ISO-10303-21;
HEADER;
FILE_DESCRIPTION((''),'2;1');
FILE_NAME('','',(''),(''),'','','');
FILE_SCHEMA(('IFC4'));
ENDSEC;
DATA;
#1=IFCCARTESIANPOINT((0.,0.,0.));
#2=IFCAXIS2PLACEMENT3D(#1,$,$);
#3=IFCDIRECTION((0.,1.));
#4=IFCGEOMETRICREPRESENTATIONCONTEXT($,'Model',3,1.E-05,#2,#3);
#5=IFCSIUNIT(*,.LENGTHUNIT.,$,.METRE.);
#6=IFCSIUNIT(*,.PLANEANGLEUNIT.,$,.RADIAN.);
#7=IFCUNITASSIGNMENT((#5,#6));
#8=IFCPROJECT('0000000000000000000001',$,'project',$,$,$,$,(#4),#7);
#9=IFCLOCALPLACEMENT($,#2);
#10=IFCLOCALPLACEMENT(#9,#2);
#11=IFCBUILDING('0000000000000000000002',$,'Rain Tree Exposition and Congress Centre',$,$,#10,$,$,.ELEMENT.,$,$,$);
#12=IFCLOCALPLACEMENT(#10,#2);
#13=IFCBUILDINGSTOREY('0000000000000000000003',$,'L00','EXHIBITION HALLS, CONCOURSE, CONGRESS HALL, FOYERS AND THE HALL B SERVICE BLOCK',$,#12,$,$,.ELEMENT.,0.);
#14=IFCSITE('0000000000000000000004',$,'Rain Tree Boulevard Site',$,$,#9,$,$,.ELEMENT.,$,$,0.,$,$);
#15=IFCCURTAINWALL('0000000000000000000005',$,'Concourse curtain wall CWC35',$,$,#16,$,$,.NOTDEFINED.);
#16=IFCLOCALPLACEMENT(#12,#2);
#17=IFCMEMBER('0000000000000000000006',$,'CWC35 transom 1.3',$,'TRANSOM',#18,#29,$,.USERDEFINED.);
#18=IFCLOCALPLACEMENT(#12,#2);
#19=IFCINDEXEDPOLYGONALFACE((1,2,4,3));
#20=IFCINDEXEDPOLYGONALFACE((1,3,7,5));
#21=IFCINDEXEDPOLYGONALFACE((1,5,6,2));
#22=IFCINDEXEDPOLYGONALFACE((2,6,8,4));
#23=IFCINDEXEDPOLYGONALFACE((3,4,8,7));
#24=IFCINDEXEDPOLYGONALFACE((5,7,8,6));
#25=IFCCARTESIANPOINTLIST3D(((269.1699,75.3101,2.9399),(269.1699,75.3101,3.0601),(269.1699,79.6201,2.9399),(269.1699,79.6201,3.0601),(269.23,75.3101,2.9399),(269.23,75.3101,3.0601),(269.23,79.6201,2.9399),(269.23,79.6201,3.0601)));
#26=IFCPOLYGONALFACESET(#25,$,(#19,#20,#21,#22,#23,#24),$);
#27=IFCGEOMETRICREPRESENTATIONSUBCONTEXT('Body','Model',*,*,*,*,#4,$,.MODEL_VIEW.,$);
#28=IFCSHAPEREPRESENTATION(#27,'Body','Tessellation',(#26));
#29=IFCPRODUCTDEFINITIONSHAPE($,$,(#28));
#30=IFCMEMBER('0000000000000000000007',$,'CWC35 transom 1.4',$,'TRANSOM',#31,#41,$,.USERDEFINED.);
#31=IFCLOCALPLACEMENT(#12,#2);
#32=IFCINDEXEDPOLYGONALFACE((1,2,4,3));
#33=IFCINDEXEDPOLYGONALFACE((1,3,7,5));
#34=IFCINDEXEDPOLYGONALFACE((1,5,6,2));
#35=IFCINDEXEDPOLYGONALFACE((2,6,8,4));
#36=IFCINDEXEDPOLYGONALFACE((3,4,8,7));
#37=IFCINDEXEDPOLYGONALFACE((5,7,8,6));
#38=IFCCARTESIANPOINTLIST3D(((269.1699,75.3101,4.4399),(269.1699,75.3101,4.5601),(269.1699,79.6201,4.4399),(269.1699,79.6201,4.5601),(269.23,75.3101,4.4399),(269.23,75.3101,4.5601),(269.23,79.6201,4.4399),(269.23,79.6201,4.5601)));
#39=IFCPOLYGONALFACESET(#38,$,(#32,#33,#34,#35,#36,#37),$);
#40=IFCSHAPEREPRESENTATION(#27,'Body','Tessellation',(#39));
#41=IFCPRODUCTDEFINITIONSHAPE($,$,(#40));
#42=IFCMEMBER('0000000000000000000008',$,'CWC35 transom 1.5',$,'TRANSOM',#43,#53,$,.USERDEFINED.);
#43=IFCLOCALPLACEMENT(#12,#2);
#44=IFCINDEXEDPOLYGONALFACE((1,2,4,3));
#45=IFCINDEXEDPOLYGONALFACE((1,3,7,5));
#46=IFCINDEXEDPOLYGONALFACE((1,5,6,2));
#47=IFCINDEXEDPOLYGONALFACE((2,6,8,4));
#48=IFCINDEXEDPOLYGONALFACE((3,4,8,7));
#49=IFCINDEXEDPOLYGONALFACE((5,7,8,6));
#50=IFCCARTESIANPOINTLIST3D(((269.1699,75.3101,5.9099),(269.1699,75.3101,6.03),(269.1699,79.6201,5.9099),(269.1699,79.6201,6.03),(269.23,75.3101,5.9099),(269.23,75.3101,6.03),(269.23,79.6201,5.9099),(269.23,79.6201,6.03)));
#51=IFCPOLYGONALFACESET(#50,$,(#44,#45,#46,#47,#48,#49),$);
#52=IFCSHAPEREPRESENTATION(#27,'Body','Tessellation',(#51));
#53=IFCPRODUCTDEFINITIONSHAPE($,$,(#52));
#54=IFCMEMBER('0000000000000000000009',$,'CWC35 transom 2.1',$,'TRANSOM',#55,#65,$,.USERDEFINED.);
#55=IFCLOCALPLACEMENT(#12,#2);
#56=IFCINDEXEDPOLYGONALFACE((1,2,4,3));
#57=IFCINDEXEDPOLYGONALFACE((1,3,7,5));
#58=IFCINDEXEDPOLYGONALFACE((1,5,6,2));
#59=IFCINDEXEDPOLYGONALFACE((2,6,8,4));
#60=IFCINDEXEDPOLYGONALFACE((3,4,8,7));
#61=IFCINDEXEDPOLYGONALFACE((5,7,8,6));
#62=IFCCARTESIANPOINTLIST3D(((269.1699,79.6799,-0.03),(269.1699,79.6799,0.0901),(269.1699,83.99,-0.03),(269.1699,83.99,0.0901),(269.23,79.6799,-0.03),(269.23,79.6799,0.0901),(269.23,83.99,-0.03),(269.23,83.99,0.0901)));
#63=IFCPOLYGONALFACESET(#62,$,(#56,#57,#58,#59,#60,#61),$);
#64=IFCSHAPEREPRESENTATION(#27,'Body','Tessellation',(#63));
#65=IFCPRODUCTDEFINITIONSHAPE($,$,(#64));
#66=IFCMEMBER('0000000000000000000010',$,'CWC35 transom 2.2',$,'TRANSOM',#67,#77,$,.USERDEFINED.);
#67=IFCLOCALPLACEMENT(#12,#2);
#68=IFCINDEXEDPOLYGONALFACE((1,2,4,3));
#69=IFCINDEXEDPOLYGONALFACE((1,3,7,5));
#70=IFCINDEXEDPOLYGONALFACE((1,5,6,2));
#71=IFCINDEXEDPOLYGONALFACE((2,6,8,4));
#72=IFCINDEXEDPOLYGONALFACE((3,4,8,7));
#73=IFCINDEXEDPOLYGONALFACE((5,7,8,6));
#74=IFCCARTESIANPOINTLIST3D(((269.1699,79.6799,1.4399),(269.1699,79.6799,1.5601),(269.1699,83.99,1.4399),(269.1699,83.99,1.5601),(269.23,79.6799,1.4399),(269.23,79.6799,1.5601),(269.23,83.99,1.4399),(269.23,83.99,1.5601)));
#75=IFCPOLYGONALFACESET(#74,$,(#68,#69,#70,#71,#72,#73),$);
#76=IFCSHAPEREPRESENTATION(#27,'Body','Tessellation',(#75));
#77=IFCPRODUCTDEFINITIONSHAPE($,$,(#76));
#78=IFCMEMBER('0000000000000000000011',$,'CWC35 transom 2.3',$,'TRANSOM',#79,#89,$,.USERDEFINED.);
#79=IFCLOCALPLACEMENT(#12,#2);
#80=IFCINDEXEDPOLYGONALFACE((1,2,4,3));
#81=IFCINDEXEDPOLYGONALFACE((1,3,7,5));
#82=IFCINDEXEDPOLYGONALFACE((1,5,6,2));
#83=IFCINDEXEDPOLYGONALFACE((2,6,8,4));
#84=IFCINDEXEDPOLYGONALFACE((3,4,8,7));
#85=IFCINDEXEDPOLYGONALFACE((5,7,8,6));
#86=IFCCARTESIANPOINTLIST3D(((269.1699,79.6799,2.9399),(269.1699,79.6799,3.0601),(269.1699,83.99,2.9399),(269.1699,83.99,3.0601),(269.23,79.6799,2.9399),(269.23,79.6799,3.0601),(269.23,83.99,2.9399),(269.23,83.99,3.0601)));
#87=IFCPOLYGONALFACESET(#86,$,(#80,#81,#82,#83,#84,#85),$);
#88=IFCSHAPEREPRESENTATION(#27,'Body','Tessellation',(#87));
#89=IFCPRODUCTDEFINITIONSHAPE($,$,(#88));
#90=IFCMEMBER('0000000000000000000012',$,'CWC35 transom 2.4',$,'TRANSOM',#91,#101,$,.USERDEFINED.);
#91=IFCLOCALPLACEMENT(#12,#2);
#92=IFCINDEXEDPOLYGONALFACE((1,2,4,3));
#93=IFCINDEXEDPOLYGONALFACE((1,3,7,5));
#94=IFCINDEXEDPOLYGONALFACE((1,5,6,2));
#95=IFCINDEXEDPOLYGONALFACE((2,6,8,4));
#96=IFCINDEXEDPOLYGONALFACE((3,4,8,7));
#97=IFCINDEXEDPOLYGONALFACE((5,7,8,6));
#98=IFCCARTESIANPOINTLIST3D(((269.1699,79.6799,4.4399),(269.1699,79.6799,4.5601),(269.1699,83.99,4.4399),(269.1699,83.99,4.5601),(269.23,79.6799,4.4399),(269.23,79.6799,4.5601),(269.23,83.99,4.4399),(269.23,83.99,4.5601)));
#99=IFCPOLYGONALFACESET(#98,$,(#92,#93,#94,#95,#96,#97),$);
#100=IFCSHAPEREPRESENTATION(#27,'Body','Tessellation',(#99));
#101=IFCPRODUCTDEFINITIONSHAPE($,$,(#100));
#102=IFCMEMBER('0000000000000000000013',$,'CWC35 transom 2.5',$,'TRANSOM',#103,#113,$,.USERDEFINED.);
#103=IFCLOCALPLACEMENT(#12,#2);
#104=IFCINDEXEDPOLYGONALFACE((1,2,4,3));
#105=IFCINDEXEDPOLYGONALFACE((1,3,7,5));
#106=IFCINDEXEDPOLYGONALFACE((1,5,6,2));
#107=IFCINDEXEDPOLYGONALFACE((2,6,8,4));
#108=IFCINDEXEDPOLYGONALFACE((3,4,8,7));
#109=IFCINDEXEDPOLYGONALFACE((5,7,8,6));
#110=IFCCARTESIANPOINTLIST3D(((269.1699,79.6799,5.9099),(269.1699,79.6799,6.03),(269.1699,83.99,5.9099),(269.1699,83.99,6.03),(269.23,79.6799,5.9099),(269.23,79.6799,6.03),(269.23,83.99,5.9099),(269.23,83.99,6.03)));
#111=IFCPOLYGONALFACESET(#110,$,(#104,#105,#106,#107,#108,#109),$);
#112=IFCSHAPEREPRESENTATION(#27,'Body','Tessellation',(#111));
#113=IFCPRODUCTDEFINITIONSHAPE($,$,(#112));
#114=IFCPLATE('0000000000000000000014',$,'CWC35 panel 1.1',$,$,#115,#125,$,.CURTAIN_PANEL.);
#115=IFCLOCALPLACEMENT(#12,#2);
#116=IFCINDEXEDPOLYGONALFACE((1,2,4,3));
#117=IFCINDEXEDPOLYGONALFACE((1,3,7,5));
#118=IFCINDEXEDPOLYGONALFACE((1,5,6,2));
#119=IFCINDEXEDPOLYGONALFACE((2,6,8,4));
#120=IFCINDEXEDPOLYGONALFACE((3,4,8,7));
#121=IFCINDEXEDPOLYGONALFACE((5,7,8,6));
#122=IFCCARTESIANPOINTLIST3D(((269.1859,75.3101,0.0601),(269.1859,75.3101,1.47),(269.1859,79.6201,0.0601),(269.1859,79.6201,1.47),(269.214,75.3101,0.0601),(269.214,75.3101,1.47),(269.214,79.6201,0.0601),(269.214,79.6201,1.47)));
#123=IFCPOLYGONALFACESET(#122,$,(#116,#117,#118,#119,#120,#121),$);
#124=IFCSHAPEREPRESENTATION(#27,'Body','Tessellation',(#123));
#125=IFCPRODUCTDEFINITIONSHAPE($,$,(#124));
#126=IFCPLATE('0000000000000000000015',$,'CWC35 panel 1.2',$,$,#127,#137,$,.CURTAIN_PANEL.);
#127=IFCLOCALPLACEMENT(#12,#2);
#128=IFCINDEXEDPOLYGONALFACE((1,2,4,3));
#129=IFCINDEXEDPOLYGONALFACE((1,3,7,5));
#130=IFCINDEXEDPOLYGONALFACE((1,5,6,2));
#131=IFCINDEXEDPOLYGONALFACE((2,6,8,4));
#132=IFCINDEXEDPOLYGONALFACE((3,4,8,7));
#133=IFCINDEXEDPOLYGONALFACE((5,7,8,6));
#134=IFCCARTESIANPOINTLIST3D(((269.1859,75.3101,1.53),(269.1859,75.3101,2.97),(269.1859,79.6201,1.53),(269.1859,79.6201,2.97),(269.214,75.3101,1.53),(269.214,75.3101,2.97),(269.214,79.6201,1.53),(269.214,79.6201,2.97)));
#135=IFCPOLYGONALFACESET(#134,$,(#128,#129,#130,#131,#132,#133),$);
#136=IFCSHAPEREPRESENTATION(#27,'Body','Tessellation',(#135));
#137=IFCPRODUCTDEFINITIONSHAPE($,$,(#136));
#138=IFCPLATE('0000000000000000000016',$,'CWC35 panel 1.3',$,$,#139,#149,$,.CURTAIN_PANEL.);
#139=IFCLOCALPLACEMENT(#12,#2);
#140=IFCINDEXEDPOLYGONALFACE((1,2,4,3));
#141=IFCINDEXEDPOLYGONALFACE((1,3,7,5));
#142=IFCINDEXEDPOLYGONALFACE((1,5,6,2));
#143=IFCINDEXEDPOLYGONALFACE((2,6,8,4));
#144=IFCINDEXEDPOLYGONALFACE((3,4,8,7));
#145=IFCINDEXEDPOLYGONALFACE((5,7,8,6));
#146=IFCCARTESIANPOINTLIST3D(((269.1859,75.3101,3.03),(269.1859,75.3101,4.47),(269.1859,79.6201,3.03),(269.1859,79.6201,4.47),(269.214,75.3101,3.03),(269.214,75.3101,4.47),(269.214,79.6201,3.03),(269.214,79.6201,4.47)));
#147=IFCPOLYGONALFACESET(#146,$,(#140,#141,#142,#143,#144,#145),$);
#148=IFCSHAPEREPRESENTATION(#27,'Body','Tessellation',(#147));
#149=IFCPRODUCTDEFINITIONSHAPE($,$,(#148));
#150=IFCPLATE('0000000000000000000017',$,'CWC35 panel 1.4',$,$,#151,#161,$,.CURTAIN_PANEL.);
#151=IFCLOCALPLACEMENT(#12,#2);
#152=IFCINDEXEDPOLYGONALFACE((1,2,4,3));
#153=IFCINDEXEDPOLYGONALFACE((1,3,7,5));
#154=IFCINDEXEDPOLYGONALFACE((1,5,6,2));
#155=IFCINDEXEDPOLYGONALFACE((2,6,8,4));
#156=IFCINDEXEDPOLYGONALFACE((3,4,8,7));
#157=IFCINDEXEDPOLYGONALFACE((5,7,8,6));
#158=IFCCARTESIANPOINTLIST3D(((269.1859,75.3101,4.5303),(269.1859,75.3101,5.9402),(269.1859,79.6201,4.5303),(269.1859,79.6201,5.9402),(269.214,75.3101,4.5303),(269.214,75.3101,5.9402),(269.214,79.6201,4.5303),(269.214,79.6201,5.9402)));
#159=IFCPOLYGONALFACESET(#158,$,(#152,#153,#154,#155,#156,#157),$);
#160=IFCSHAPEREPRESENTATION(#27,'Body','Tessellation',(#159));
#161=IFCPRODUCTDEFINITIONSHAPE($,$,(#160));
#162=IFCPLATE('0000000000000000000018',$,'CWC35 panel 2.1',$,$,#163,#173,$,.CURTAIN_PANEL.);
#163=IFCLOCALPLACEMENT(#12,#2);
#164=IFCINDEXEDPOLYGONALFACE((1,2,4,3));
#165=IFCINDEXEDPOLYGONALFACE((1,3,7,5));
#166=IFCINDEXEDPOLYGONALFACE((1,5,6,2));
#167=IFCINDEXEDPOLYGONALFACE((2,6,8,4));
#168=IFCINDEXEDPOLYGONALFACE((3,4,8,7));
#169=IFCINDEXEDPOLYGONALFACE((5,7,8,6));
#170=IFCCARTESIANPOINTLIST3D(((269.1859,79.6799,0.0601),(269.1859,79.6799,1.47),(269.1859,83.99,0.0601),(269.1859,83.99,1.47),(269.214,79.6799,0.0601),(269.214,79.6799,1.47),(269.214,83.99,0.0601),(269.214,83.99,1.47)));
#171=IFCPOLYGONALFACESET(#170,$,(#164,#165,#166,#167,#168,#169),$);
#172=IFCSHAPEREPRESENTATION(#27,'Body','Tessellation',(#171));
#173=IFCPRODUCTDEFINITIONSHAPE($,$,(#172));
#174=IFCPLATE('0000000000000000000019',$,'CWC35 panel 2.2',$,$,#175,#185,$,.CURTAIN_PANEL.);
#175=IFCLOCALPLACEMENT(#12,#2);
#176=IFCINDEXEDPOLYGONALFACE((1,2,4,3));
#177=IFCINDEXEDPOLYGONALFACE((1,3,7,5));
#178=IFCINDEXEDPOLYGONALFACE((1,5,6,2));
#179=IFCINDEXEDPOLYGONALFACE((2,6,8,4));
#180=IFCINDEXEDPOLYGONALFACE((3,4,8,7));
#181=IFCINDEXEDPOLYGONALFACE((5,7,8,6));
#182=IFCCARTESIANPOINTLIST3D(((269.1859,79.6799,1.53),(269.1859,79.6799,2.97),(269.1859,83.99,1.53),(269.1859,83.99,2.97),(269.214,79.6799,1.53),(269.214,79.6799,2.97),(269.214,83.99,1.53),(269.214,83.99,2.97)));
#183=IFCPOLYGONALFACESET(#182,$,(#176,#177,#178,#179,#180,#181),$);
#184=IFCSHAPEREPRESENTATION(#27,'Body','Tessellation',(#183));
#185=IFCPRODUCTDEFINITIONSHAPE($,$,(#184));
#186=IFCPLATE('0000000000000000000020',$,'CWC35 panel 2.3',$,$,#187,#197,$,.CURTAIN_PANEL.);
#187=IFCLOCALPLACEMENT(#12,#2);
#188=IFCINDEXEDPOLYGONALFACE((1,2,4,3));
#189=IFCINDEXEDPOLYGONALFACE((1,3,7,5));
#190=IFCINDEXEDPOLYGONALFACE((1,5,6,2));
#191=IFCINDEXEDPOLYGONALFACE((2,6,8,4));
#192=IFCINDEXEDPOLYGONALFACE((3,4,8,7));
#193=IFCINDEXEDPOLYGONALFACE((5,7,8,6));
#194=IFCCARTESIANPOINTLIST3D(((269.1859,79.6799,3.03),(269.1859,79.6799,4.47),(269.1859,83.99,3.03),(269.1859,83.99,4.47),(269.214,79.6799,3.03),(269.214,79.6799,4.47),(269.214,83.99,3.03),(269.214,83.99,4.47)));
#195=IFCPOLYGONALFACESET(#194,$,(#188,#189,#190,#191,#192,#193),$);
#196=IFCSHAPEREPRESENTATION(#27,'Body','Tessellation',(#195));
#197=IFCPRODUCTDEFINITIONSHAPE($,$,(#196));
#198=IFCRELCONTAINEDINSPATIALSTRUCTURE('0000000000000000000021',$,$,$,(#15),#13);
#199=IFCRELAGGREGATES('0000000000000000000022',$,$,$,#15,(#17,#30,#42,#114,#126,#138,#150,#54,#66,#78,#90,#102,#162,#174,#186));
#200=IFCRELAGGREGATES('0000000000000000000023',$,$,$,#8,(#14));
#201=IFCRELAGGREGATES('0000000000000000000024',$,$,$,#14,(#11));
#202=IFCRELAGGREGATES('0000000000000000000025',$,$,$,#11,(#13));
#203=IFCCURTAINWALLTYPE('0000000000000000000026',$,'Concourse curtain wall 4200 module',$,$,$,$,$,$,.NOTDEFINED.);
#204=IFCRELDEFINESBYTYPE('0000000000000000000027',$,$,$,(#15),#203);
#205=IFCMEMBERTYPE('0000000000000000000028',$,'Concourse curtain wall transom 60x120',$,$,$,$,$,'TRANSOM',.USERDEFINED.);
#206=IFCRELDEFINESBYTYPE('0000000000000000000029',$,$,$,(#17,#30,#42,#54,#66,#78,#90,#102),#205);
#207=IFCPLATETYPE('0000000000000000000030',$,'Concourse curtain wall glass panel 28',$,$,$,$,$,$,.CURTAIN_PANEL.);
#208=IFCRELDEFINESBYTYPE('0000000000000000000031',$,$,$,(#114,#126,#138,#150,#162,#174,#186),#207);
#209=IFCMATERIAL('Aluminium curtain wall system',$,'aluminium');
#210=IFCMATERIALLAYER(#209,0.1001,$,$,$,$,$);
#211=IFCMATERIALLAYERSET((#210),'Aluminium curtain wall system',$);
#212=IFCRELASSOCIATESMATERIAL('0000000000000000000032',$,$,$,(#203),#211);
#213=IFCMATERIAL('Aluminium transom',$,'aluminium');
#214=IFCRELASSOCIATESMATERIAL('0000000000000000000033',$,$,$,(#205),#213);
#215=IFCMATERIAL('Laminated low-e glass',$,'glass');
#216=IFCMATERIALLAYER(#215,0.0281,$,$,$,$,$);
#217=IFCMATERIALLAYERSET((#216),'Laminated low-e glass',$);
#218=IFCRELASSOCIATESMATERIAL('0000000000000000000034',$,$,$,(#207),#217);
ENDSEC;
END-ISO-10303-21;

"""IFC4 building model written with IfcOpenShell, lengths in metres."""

from ifc_helpers import new_model, si_unit, direction, frame, origin, origin_2d, place, context, subcontext, project, spatial, rectangle, extrude, material, layer, layer_set, material_profile, profile_set, type_object, element, aggregate, save


model = new_model("IFC4")

# Units and contexts
model_context = context("Model", 3, precision=1e-05, world=origin(), true_north=direction((0.0, 1.0)))
body_context = subcontext(model_context, "Body", "Model", "MODEL_VIEW")
ifc_project = project(units=[si_unit("LENGTHUNIT", "METRE"), si_unit("PLANEANGLEUNIT", "RADIAN")], contexts=[model_context])

# Site, building, storey
site_placement = place(None, origin())
site = spatial("IfcSite", under=ifc_project, at=site_placement, Name="Rain Tree Boulevard Site", CompositionType="ELEMENT", RefElevation=0.0)
building_placement = place(site_placement, origin())
building = spatial("IfcBuilding", under=site, at=building_placement, Name="Rain Tree Exposition and Congress Centre", CompositionType="ELEMENT")
storey_placement = place(building_placement, origin())
storey = spatial("IfcBuildingStorey", under=building, at=storey_placement, Name="L00", Description="EXHIBITION HALLS, CONCOURSE, CONGRESS HALL, FOYERS AND THE HALL B SERVICE BLOCK", CompositionType="ELEMENT", Elevation=0.0)

# Curtain wall, members, plates
ifc_material_1 = material(Name="Aluminium curtain wall system", Category="aluminium")
ifc_layer_1 = layer(ifc_material_1, 0.1001)
ifc_layer_set_1 = layer_set([ifc_layer_1], Name="Aluminium curtain wall system")
curtain_wall_type = type_object("IfcCurtainWallType", Name="Concourse curtain wall 4200 module", PredefinedType="NOTDEFINED", material=ifc_layer_set_1)
curtain_wall_placement = place(storey_placement, origin())
curtain_wall = element("IfcCurtainWall", 1, at=curtain_wall_placement, inside=storey, type_object=curtain_wall_type, Name="Concourse curtain wall CWC35", PredefinedType="NOTDEFINED")
ifc_material_2 = material(Name="Aluminium transom", Category="aluminium")
ifc_material_profile_1 = material_profile(ifc_material_2, rectangle(XDim=0.0601, YDim=0.1201, at=origin_2d()), Name="AL 60x120")
ifc_profile_set_1 = profile_set([ifc_material_profile_1], Name="Aluminium transom")
member_type_1 = type_object("IfcMemberType", Name="Concourse curtain wall transom 60x120", ElementType="TRANSOM", PredefinedType="USERDEFINED", material=ifc_profile_set_1)
member_1_placement = place(storey_placement, frame((269.2, 75.3101, 3.0), z_axis=(0.0, 1.0, 0.0), x_axis=(-1.0, 0.0, 0.0)))
member_1 = element("IfcMember", 2, at=member_1_placement, type_object=member_type_1, Name="CWC35 transom 1.3", ObjectType="TRANSOM", PredefinedType="USERDEFINED", context=body_context, shape_type="SweptSolid", body=[
    extrude(rectangle(XDim=0.0601, YDim=0.1201, at=origin_2d()), origin(), (0.0, 0.0, 1.0), 4.3101),
])
member_2_placement = place(storey_placement, frame((269.2, 75.3101, 4.5), z_axis=(0.0, 1.0, 0.0), x_axis=(-1.0, 0.0, 0.0)))
member_2 = element("IfcMember", 3, at=member_2_placement, type_object=member_type_1, Name="CWC35 transom 1.4", ObjectType="TRANSOM", PredefinedType="USERDEFINED", context=body_context, shape_type="SweptSolid", body=[
    extrude(rectangle(XDim=0.0601, YDim=0.1201, at=origin_2d()), origin(), (0.0, 0.0, 1.0), 4.3101),
])
member_3_placement = place(storey_placement, frame((269.2, 75.3101, 5.97), z_axis=(0.0, 1.0, 0.0), x_axis=(-1.0, 0.0, 0.0)))
member_3 = element("IfcMember", 4, at=member_3_placement, type_object=member_type_1, Name="CWC35 transom 1.5", ObjectType="TRANSOM", PredefinedType="USERDEFINED", context=body_context, shape_type="SweptSolid", body=[
    extrude(rectangle(XDim=0.0601, YDim=0.1201, at=origin_2d()), origin(), (0.0, 0.0, 1.0), 4.3101),
])
member_4_placement = place(storey_placement, frame((269.2, 79.6799, 0.03), z_axis=(0.0, 1.0, 0.0), x_axis=(-1.0, 0.0, 0.0)))
member_4 = element("IfcMember", 5, at=member_4_placement, type_object=member_type_1, Name="CWC35 transom 2.1", ObjectType="TRANSOM", PredefinedType="USERDEFINED", context=body_context, shape_type="SweptSolid", body=[
    extrude(rectangle(XDim=0.0601, YDim=0.1201, at=origin_2d()), origin(), (0.0, 0.0, 1.0), 4.3101),
])
member_5_placement = place(storey_placement, frame((269.2, 79.6799, 1.5), z_axis=(0.0, 1.0, 0.0), x_axis=(-1.0, 0.0, 0.0)))
member_5 = element("IfcMember", 6, at=member_5_placement, type_object=member_type_1, Name="CWC35 transom 2.2", ObjectType="TRANSOM", PredefinedType="USERDEFINED", context=body_context, shape_type="SweptSolid", body=[
    extrude(rectangle(XDim=0.0601, YDim=0.1201, at=origin_2d()), origin(), (0.0, 0.0, 1.0), 4.3101),
])
member_6_placement = place(storey_placement, frame((269.2, 79.6799, 3.0), z_axis=(0.0, 1.0, 0.0), x_axis=(-1.0, 0.0, 0.0)))
member_6 = element("IfcMember", 7, at=member_6_placement, type_object=member_type_1, Name="CWC35 transom 2.3", ObjectType="TRANSOM", PredefinedType="USERDEFINED", context=body_context, shape_type="SweptSolid", body=[
    extrude(rectangle(XDim=0.0601, YDim=0.1201, at=origin_2d()), origin(), (0.0, 0.0, 1.0), 4.3101),
])
member_7_placement = place(storey_placement, frame((269.2, 79.6799, 4.5), z_axis=(0.0, 1.0, 0.0), x_axis=(-1.0, 0.0, 0.0)))
member_7 = element("IfcMember", 8, at=member_7_placement, type_object=member_type_1, Name="CWC35 transom 2.4", ObjectType="TRANSOM", PredefinedType="USERDEFINED", context=body_context, shape_type="SweptSolid", body=[
    extrude(rectangle(XDim=0.0601, YDim=0.1201, at=origin_2d()), origin(), (0.0, 0.0, 1.0), 4.3101),
])
member_8_placement = place(storey_placement, frame((269.2, 79.6799, 5.97), z_axis=(0.0, 1.0, 0.0), x_axis=(-1.0, 0.0, 0.0)))
member_8 = element("IfcMember", 9, at=member_8_placement, type_object=member_type_1, Name="CWC35 transom 2.5", ObjectType="TRANSOM", PredefinedType="USERDEFINED", context=body_context, shape_type="SweptSolid", body=[
    extrude(rectangle(XDim=0.0601, YDim=0.1201, at=origin_2d()), origin(), (0.0, 0.0, 1.0), 4.3101),
])
ifc_material_3 = material(Name="Laminated low-e glass", Category="glass")
ifc_layer_2 = layer(ifc_material_3, 0.0281)
ifc_layer_set_2 = layer_set([ifc_layer_2], Name="Laminated low-e glass")
plate_type = type_object("IfcPlateType", Name="Concourse curtain wall glass panel 28", PredefinedType="CURTAIN_PANEL", material=ifc_layer_set_2)
plate_1_placement = place(storey_placement, frame((269.2, 77.4651, 0.0601), z_axis=(0.0, 0.0, 1.0), x_axis=(0.0, 1.0, 0.0)))
plate_1 = element("IfcPlate", 10, at=plate_1_placement, type_object=plate_type, Name="CWC35 panel 1.1", PredefinedType="CURTAIN_PANEL", context=body_context, shape_type="SweptSolid", body=[
    extrude(rectangle(XDim=4.3101, YDim=0.0281, at=origin_2d()), origin(), (0.0, 0.0, 1.0), 1.4099),
])
plate_2_placement = place(storey_placement, frame((269.2, 77.4651, 1.53), z_axis=(0.0, 0.0, 1.0), x_axis=(0.0, 1.0, 0.0)))
plate_2 = element("IfcPlate", 11, at=plate_2_placement, type_object=plate_type, Name="CWC35 panel 1.2", PredefinedType="CURTAIN_PANEL", context=body_context, shape_type="SweptSolid", body=[
    extrude(rectangle(XDim=4.3101, YDim=0.0281, at=origin_2d()), origin(), (0.0, 0.0, 1.0), 1.4399),
])
plate_3_placement = place(storey_placement, frame((269.2, 77.4651, 3.03), z_axis=(0.0, 0.0, 1.0), x_axis=(0.0, 1.0, 0.0)))
plate_3 = element("IfcPlate", 12, at=plate_3_placement, type_object=plate_type, Name="CWC35 panel 1.3", PredefinedType="CURTAIN_PANEL", context=body_context, shape_type="SweptSolid", body=[
    extrude(rectangle(XDim=4.3101, YDim=0.0281, at=origin_2d()), origin(), (0.0, 0.0, 1.0), 1.4399),
])
plate_4_placement = place(storey_placement, frame((269.2, 77.4651, 4.5303), z_axis=(0.0, 0.0, 1.0), x_axis=(0.0, 1.0, 0.0)))
plate_4 = element("IfcPlate", 13, at=plate_4_placement, type_object=plate_type, Name="CWC35 panel 1.4", PredefinedType="CURTAIN_PANEL", context=body_context, shape_type="SweptSolid", body=[
    extrude(rectangle(XDim=4.3101, YDim=0.0281, at=origin_2d()), origin(), (0.0, 0.0, 1.0), 1.4099),
])
plate_5_placement = place(storey_placement, frame((269.2, 81.835, 0.0601), z_axis=(0.0, 0.0, 1.0), x_axis=(0.0, 1.0, 0.0)))
plate_5 = element("IfcPlate", 14, at=plate_5_placement, type_object=plate_type, Name="CWC35 panel 2.1", PredefinedType="CURTAIN_PANEL", context=body_context, shape_type="SweptSolid", body=[
    extrude(rectangle(XDim=4.3101, YDim=0.0281, at=origin_2d()), origin(), (0.0, 0.0, 1.0), 1.4099),
])
plate_6_placement = place(storey_placement, frame((269.2, 81.835, 1.53), z_axis=(0.0, 0.0, 1.0), x_axis=(0.0, 1.0, 0.0)))
plate_6 = element("IfcPlate", 15, at=plate_6_placement, type_object=plate_type, Name="CWC35 panel 2.2", PredefinedType="CURTAIN_PANEL", context=body_context, shape_type="SweptSolid", body=[
    extrude(rectangle(XDim=4.3101, YDim=0.0281, at=origin_2d()), origin(), (0.0, 0.0, 1.0), 1.4399),
])
plate_7_placement = place(storey_placement, frame((269.2, 81.835, 3.03), z_axis=(0.0, 0.0, 1.0), x_axis=(0.0, 1.0, 0.0)))
plate_7 = element("IfcPlate", 16, at=plate_7_placement, type_object=plate_type, Name="CWC35 panel 2.3", PredefinedType="CURTAIN_PANEL", context=body_context, shape_type="SweptSolid", body=[
    extrude(rectangle(XDim=4.3101, YDim=0.0281, at=origin_2d()), origin(), (0.0, 0.0, 1.0), 1.4399),
])
aggregate(curtain_wall, [member_1, member_2, member_3, plate_1, plate_2, plate_3, plate_4, member_4, member_5, member_6, member_7, member_8, plate_5, plate_6, plate_7])

save(model, "model.ifc")
